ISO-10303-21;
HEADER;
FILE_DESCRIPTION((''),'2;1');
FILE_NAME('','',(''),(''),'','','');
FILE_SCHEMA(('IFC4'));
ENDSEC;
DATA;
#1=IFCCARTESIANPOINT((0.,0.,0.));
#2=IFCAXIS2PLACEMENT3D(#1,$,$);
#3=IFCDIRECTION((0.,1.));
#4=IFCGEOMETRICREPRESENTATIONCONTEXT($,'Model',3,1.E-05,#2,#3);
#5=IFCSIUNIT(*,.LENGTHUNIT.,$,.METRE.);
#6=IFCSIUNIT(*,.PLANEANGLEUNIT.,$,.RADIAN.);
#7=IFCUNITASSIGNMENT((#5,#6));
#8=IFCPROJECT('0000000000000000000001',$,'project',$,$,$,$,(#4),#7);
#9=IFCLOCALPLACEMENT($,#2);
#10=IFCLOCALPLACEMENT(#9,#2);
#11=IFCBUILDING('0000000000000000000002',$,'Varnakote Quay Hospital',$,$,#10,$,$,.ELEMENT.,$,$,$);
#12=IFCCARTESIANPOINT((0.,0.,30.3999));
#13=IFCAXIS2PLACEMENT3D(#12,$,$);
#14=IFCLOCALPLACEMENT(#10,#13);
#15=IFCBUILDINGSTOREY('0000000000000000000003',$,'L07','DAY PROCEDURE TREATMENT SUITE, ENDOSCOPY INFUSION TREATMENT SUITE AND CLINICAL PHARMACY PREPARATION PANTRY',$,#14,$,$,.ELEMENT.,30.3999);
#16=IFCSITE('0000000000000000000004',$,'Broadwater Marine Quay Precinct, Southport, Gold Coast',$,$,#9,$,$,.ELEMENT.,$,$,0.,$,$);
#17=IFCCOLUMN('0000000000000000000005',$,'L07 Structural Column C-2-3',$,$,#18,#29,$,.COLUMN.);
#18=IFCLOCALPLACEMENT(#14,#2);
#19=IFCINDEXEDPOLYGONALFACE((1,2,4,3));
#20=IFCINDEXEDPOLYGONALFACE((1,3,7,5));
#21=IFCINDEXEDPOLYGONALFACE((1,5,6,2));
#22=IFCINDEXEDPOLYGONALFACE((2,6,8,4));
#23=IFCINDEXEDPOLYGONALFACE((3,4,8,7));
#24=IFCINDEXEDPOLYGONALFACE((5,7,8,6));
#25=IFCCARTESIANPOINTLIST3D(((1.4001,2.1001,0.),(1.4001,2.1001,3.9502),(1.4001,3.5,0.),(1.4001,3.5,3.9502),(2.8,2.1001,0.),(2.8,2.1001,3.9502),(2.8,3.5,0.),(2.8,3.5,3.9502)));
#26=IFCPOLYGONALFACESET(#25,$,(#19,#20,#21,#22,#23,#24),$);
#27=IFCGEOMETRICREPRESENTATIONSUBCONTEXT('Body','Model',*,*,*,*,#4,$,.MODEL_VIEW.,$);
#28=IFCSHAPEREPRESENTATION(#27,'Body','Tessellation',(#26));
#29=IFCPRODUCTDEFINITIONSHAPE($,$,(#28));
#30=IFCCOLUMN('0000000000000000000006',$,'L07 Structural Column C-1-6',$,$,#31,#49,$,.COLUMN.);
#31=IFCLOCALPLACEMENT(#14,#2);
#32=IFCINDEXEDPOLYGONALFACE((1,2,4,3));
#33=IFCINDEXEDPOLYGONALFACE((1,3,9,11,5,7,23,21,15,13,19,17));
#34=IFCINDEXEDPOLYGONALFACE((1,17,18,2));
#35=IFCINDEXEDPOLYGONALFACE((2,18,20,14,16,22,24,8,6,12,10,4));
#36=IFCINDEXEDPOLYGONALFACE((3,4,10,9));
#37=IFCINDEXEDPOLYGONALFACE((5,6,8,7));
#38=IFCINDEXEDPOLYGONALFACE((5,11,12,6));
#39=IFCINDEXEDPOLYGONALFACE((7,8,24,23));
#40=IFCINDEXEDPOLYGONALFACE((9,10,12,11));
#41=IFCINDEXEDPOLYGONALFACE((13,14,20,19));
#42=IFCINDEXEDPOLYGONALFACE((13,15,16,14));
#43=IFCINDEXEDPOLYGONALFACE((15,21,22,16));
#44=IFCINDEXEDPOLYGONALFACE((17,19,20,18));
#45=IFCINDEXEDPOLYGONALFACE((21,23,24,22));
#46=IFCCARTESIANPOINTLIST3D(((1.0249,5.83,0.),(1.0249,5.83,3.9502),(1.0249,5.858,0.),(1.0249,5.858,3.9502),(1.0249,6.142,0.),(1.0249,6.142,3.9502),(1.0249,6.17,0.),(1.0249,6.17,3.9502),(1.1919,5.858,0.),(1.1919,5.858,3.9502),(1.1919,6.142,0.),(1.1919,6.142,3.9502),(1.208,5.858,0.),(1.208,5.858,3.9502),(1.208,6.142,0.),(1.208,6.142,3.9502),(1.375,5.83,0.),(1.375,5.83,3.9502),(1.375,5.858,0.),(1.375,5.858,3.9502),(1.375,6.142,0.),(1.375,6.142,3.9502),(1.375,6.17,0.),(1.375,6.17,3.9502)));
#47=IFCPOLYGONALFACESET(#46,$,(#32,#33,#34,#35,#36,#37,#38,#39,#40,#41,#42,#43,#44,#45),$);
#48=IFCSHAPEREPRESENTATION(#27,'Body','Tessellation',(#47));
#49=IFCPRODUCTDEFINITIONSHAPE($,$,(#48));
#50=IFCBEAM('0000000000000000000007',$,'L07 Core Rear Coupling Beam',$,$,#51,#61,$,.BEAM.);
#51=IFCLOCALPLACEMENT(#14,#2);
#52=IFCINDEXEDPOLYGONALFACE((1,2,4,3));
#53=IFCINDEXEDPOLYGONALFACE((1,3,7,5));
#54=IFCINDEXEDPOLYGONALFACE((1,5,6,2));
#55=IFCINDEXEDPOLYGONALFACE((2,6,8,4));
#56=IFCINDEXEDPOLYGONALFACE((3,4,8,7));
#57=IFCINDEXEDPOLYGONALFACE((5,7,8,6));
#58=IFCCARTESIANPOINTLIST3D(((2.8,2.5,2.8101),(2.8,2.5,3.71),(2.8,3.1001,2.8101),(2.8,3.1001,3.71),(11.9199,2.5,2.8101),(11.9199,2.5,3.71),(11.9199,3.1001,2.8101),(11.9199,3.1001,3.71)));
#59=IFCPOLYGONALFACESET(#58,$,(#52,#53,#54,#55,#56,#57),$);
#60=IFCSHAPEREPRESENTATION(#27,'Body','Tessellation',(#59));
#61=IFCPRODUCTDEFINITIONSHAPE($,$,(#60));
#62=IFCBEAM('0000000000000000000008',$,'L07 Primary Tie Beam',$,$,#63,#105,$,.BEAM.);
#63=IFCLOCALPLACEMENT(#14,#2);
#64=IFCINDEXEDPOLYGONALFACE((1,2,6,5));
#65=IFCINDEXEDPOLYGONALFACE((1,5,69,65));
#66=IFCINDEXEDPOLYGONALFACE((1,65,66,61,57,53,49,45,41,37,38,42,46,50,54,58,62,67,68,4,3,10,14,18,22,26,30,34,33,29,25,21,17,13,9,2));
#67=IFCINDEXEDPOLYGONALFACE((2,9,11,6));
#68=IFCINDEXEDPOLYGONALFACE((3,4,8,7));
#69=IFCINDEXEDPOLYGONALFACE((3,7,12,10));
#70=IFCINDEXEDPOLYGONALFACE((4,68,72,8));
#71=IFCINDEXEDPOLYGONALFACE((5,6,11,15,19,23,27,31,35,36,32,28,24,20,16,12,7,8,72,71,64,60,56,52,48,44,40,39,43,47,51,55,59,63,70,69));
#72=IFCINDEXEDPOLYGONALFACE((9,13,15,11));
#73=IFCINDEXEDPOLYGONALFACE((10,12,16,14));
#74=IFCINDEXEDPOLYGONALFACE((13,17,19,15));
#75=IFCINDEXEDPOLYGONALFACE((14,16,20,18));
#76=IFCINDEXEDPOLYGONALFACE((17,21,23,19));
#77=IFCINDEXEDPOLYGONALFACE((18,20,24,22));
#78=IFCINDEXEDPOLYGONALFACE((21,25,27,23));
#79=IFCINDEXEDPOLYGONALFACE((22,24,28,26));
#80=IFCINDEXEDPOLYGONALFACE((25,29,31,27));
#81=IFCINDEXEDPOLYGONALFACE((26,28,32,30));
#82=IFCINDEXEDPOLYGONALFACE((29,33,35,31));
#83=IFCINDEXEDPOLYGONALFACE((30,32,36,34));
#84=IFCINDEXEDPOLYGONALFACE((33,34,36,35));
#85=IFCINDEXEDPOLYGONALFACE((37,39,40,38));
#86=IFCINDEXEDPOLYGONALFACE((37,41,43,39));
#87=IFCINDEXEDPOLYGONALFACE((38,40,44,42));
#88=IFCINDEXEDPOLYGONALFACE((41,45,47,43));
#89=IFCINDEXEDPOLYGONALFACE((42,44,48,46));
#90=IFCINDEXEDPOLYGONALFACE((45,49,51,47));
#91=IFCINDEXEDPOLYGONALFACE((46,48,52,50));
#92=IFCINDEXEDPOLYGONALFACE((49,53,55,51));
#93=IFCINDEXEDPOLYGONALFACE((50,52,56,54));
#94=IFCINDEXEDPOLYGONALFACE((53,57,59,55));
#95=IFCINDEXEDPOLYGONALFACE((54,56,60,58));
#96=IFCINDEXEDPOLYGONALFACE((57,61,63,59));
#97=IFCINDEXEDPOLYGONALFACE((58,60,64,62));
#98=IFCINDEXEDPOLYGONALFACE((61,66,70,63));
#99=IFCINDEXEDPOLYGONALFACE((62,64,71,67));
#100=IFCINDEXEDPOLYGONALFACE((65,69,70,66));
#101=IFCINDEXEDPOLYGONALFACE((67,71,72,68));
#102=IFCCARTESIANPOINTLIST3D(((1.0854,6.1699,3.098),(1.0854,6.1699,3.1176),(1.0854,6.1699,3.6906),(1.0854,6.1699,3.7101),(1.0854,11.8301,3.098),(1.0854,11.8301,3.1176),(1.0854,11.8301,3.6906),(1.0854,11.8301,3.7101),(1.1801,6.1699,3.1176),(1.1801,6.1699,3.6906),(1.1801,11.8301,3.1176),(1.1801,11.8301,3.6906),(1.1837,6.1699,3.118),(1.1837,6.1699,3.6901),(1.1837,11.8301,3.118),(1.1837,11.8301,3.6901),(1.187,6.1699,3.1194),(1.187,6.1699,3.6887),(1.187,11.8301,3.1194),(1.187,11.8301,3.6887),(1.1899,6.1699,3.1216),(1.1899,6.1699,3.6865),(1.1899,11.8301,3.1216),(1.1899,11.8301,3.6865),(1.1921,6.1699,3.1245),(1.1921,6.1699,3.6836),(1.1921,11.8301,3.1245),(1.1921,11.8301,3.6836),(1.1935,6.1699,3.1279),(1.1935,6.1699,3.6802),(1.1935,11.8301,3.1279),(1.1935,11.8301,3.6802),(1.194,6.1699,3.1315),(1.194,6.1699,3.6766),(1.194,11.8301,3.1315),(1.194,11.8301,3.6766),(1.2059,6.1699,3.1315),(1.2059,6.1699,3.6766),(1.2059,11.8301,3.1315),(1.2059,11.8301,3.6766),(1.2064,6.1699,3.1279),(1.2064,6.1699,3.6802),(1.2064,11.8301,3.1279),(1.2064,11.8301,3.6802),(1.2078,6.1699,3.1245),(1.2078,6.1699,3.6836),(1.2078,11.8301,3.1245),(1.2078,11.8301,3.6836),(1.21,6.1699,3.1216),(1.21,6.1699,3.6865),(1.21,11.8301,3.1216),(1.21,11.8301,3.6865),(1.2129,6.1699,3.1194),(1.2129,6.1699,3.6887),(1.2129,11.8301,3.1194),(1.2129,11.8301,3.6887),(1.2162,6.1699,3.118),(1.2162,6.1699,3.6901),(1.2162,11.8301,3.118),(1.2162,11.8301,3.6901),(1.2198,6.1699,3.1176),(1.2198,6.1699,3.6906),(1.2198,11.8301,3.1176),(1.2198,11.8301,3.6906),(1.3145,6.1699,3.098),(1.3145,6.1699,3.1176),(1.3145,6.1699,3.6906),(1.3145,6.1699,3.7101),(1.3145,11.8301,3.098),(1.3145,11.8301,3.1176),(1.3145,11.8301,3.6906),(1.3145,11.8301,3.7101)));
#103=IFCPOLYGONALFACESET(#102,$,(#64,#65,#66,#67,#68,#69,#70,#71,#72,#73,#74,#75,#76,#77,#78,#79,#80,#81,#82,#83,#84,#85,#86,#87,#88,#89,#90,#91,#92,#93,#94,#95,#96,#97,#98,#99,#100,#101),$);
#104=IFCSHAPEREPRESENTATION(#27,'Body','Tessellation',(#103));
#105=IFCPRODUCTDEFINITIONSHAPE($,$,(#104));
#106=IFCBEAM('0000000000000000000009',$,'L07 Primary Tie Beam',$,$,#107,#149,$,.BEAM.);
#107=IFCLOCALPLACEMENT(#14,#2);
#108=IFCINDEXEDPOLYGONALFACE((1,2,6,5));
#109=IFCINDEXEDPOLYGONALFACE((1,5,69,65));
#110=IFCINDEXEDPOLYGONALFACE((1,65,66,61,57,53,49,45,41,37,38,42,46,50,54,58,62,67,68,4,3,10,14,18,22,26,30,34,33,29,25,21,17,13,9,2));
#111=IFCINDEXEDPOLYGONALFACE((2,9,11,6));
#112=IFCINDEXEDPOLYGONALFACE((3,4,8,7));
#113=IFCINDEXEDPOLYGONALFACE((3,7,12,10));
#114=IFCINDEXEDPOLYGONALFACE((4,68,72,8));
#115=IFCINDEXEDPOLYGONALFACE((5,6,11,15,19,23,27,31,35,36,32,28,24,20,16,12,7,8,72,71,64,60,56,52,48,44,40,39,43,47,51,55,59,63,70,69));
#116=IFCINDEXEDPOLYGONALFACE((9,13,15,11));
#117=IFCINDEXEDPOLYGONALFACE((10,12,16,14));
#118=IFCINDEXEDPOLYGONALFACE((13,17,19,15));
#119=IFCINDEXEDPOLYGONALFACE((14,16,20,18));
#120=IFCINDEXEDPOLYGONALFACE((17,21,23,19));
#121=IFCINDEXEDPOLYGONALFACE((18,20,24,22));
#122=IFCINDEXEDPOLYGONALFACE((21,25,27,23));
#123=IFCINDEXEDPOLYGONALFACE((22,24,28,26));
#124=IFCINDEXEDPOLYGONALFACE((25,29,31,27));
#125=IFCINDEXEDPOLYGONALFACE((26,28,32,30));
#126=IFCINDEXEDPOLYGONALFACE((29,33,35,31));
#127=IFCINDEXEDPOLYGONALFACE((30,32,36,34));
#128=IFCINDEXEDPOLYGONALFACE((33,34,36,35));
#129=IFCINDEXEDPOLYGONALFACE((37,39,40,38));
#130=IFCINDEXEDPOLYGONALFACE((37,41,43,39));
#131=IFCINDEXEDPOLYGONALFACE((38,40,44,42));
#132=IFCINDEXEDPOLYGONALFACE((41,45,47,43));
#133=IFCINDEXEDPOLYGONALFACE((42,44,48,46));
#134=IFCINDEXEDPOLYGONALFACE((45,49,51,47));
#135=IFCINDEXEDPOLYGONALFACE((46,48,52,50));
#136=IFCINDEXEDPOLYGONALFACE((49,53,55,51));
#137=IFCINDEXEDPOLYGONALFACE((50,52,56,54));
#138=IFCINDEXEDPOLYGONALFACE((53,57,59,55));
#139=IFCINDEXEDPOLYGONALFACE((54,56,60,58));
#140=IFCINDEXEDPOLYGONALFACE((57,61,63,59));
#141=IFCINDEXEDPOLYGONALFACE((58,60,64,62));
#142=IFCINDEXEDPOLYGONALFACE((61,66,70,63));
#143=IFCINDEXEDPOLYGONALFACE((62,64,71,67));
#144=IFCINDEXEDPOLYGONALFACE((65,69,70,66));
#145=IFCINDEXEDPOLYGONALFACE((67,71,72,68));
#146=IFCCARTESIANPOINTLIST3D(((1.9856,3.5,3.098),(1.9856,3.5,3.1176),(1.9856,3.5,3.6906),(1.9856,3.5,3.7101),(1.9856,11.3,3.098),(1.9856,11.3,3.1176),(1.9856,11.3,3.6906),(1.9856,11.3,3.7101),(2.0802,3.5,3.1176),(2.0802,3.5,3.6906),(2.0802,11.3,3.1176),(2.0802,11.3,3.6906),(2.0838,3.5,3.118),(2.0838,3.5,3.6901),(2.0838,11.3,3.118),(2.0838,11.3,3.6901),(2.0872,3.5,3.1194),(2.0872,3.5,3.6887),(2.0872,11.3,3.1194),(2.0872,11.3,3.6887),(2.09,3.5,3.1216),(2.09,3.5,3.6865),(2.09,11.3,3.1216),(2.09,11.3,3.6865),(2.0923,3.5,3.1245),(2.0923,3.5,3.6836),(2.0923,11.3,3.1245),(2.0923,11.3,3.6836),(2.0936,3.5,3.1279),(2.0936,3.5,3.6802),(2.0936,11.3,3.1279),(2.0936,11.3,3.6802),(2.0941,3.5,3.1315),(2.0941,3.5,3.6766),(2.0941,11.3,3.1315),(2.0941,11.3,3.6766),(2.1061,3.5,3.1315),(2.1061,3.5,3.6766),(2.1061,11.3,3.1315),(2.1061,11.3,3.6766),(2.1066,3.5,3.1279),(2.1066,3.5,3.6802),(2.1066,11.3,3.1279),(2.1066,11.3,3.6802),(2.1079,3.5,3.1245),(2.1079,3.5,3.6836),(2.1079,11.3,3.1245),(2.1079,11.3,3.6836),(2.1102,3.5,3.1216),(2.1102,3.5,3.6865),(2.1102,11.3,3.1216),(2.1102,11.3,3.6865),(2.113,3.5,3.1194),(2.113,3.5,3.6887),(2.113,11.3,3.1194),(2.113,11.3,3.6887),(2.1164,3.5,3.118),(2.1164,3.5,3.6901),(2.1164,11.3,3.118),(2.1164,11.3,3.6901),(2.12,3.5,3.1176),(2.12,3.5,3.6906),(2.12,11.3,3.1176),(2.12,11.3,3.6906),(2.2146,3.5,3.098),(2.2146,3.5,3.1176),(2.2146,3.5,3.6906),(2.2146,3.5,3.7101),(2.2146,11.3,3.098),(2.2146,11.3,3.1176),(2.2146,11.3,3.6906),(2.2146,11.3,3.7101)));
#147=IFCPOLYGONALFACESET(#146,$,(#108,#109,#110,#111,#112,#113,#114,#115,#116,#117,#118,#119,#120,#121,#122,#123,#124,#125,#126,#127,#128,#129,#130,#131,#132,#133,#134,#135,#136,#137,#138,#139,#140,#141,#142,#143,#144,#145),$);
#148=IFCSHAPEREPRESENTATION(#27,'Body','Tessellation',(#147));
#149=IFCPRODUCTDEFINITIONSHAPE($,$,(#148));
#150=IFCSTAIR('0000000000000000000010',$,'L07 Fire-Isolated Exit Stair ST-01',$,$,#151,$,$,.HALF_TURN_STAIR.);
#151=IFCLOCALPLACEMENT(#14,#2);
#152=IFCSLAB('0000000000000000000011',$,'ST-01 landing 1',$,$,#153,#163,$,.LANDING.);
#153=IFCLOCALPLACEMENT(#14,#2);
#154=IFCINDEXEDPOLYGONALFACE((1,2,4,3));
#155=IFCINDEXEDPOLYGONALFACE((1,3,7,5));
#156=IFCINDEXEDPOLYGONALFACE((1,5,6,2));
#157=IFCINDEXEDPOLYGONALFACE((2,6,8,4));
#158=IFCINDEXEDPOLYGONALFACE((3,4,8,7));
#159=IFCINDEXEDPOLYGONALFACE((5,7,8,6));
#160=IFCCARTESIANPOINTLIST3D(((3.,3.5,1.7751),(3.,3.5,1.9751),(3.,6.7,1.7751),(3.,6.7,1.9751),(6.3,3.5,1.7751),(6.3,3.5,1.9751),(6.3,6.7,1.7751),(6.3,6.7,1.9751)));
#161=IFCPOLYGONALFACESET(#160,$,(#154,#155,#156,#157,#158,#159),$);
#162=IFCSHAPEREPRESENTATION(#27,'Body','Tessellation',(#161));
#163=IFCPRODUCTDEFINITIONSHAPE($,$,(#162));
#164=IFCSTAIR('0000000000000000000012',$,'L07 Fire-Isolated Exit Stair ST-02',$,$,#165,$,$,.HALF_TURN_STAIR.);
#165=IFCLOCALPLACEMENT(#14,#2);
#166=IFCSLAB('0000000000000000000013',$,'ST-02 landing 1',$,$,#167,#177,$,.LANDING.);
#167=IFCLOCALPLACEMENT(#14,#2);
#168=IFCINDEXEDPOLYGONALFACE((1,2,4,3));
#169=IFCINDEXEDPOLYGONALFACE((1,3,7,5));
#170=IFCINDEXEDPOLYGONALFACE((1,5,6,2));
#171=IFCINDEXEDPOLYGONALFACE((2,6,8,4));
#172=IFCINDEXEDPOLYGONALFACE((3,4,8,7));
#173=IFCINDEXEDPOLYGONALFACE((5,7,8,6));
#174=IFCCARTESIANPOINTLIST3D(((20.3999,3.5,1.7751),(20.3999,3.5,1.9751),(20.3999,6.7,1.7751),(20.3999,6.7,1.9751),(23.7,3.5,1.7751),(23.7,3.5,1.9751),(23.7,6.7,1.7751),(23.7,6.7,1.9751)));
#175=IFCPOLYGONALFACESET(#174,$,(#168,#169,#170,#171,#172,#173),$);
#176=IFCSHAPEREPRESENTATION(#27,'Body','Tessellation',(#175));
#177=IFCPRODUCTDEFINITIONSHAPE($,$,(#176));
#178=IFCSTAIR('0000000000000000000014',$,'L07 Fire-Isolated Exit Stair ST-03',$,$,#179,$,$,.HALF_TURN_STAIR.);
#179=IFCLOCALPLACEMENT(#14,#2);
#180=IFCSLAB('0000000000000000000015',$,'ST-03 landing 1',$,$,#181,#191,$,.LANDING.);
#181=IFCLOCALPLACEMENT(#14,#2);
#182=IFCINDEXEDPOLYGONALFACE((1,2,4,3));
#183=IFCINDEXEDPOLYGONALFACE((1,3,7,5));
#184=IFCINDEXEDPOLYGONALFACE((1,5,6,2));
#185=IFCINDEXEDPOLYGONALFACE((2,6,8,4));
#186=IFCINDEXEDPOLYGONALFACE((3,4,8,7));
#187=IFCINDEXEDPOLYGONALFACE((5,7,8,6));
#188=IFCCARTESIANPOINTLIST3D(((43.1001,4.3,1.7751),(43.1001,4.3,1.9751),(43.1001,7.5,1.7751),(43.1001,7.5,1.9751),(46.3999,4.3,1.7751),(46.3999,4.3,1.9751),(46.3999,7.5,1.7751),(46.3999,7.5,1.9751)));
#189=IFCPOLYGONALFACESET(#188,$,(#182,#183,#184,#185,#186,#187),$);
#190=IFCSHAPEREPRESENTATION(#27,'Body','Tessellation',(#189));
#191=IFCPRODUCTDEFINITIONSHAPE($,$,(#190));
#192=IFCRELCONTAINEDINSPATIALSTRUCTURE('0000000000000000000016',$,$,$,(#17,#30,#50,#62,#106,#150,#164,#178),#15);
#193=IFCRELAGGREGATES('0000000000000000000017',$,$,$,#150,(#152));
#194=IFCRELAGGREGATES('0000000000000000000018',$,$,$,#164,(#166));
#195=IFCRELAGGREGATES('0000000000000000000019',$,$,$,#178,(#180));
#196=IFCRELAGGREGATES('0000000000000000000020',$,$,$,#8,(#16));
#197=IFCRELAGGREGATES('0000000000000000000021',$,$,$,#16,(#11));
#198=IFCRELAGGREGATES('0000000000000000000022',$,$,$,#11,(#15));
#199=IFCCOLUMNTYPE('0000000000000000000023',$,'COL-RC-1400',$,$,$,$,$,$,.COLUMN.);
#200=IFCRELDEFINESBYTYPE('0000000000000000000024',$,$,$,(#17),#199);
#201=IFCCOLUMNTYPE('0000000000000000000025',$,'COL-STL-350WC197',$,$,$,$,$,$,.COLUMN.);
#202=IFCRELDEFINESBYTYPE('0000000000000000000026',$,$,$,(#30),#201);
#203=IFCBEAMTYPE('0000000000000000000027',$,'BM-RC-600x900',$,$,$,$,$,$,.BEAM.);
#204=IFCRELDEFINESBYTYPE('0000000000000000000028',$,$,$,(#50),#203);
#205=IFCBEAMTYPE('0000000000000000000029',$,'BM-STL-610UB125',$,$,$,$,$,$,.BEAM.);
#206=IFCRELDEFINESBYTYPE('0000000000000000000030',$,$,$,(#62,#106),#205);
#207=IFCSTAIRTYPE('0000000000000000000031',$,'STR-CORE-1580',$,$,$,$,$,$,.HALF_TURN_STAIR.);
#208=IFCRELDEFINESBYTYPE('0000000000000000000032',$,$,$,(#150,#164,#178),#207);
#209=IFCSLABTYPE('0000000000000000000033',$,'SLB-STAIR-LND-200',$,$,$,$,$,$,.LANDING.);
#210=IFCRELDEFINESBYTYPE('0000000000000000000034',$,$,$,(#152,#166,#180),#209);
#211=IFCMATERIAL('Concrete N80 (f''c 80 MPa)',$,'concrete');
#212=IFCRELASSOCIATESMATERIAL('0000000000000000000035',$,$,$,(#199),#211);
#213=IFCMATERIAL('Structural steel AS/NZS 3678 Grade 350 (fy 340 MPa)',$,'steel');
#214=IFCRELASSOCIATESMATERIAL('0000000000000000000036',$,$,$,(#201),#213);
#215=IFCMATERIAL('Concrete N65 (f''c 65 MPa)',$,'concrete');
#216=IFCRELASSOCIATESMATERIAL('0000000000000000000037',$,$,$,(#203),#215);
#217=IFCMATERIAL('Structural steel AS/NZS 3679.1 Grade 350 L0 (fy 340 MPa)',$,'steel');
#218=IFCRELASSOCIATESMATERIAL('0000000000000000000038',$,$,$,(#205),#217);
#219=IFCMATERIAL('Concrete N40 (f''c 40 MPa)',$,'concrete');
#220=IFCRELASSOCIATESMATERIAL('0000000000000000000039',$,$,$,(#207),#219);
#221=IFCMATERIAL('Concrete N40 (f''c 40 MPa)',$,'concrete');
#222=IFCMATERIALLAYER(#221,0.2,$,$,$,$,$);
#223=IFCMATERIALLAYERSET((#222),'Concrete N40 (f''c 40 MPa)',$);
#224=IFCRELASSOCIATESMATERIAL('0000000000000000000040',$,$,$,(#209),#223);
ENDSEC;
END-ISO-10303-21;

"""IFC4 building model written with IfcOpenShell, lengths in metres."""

from ifc_helpers import new_model, si_unit, direction, frame, origin, origin_2d, place, context, subcontext, project, spatial, polyline, rectangle, i_section, outline, extrude, material, layer, layer_set, material_profile, profile_set, type_object, element, aggregate, save


model = new_model("IFC4")

# Units and contexts
model_context = context("Model", 3, precision=1e-05, world=origin(), true_north=direction((0.0, 1.0)))
body_context = subcontext(model_context, "Body", "Model", "MODEL_VIEW")
ifc_project = project(units=[si_unit("LENGTHUNIT", "METRE"), si_unit("PLANEANGLEUNIT", "RADIAN")], contexts=[model_context])

# Site, building, storey
site_placement = place(None, origin())
site = spatial("IfcSite", under=ifc_project, at=site_placement, Name="Broadwater Marine Quay Precinct, Southport, Gold Coast", CompositionType="ELEMENT", RefElevation=0.0)
building_placement = place(site_placement, origin())
building = spatial("IfcBuilding", under=site, at=building_placement, Name="Varnakote Quay Hospital", CompositionType="ELEMENT")
storey_placement = place(building_placement, frame((0.0, 0.0, 30.3999)))
storey = spatial("IfcBuildingStorey", under=building, at=storey_placement, Name="L07", Description="DAY PROCEDURE TREATMENT SUITE, ENDOSCOPY INFUSION TREATMENT SUITE AND CLINICAL PHARMACY PREPARATION PANTRY", CompositionType="ELEMENT", Elevation=30.3999)

# Columns
ifc_material_1 = material(Name="Concrete N80 (f'c 80 MPa)", Category="concrete")
ifc_material_profile_1 = material_profile(ifc_material_1, rectangle(XDim=1.3999, YDim=1.3999, at=origin_2d()), Name="RC-COL-1400x1400")
ifc_profile_set_1 = profile_set([ifc_material_profile_1], Name="Concrete N80 (f'c 80 MPa)")
column_type_1 = type_object("IfcColumnType", Name="COL-RC-1400", PredefinedType="COLUMN", material=ifc_profile_set_1)
column_1_placement = place(storey_placement, frame((2.1001, 2.8, 0.0), z_axis=(0.0, 0.0, 1.0), x_axis=(1.0, 0.0, 0.0)))
element("IfcColumn", 1, at=column_1_placement, inside=storey, type_object=column_type_1, Name="L07 Structural Column C-2-3", PredefinedType="COLUMN", context=body_context, shape_type="SweptSolid", body=[
    extrude(rectangle(XDim=1.3999, YDim=1.3999, at=origin_2d()), origin(), (0.0, 0.0, 1.0), 3.9502),
])
ifc_material_2 = material(Name="Structural steel AS/NZS 3678 Grade 350 (fy 340 MPa)", Category="steel")
ifc_material_profile_2 = material_profile(ifc_material_2, i_section(OverallWidth=0.3501, OverallDepth=0.3401, WebThickness=0.0161, FlangeThickness=0.0281, at=origin_2d()), Name="350WC197")
ifc_profile_set_2 = profile_set([ifc_material_profile_2], Name="Structural steel AS/NZS 3678 Grade 350 (fy 340 MPa)")
column_type_2 = type_object("IfcColumnType", Name="COL-STL-350WC197", PredefinedType="COLUMN", material=ifc_profile_set_2)
column_2_placement = place(storey_placement, frame((1.2, 6.0, 0.0), z_axis=(0.0, 0.0, 1.0), x_axis=(1.0, 0.0, 0.0)))
element("IfcColumn", 2, at=column_2_placement, inside=storey, type_object=column_type_2, Name="L07 Structural Column C-1-6", PredefinedType="COLUMN", context=body_context, shape_type="SweptSolid", body=[
    extrude(i_section(OverallWidth=0.3501, OverallDepth=0.3401, WebThickness=0.0161, FlangeThickness=0.0281, at=origin_2d()), origin(), (0.0, 0.0, 1.0), 3.9502),
])

# Beams
ifc_material_3 = material(Name="Concrete N65 (f'c 65 MPa)", Category="concrete")
ifc_material_profile_3 = material_profile(ifc_material_3, rectangle(XDim=0.6001, YDim=0.8999, at=origin_2d()), Name="RC-BM-600x900")
ifc_profile_set_3 = profile_set([ifc_material_profile_3], Name="Concrete N65 (f'c 65 MPa)")
beam_type_1 = type_object("IfcBeamType", Name="BM-RC-600x900", PredefinedType="BEAM", material=ifc_profile_set_3)
beam_1_placement = place(storey_placement, frame((2.8, 2.8, 3.26), z_axis=(1.0, 0.0, 0.0), x_axis=(0.0, 1.0, 0.0)))
element("IfcBeam", 3, at=beam_1_placement, inside=storey, type_object=beam_type_1, Name="L07 Core Rear Coupling Beam", PredefinedType="BEAM", context=body_context, shape_type="SweptSolid", body=[
    extrude(rectangle(XDim=0.6001, YDim=0.8999, at=origin_2d()), origin(), (0.0, 0.0, 1.0), 9.1199),
])
ifc_material_4 = material(Name="Structural steel AS/NZS 3679.1 Grade 350 L0 (fy 340 MPa)", Category="steel")
ifc_material_profile_4 = material_profile(ifc_material_4, i_section(OverallWidth=0.229, OverallDepth=0.6121, WebThickness=0.012, FlangeThickness=0.0195, FilletRadius=0.0139, at=origin_2d()), Name="610UB125")
ifc_profile_set_4 = profile_set([ifc_material_profile_4], Name="Structural steel AS/NZS 3679.1 Grade 350 L0 (fy 340 MPa)")
beam_type_2 = type_object("IfcBeamType", Name="BM-STL-610UB125", PredefinedType="BEAM", material=ifc_profile_set_4)
beam_2_placement = place(storey_placement, frame((1.2, 6.1699, 3.4041), z_axis=(0.0, 1.0, 0.0), x_axis=(-1.0, 0.0, 0.0)))
element("IfcBeam", 4, at=beam_2_placement, inside=storey, type_object=beam_type_2, Name="L07 Primary Tie Beam", PredefinedType="BEAM", context=body_context, shape_type="SweptSolid", body=[
    extrude(i_section(OverallWidth=0.229, OverallDepth=0.6121, WebThickness=0.012, FlangeThickness=0.0195, FilletRadius=0.0139, at=origin_2d()), origin(), (0.0, 0.0, 1.0), 5.6602),
])
beam_3_placement = place(storey_placement, frame((2.1001, 3.5, 3.4041), z_axis=(0.0, 1.0, 0.0), x_axis=(-1.0, 0.0, 0.0)))
element("IfcBeam", 5, at=beam_3_placement, inside=storey, type_object=beam_type_2, Name="L07 Primary Tie Beam", PredefinedType="BEAM", context=body_context, shape_type="SweptSolid", body=[
    extrude(i_section(OverallWidth=0.229, OverallDepth=0.6121, WebThickness=0.012, FlangeThickness=0.0195, FilletRadius=0.0139, at=origin_2d()), origin(), (0.0, 0.0, 1.0), 7.8),
])

# Stairs, slabs
ifc_material_5 = material(Name="Concrete N40 (f'c 40 MPa)", Category="concrete")
stair_type = type_object("IfcStairType", Name="STR-CORE-1580", PredefinedType="HALF_TURN_STAIR", material=ifc_material_5)
stair_1_placement = place(storey_placement, origin())
stair_1 = element("IfcStair", 6, at=stair_1_placement, inside=storey, type_object=stair_type, Name="L07 Fire-Isolated Exit Stair ST-01", PredefinedType="HALF_TURN_STAIR")
ifc_material_6 = material(Name="Concrete N40 (f'c 40 MPa)", Category="concrete")
ifc_layer_1 = layer(ifc_material_6, 0.2)
ifc_layer_set_1 = layer_set([ifc_layer_1], Name="Concrete N40 (f'c 40 MPa)")
slab_type_1 = type_object("IfcSlabType", Name="SLB-STAIR-LND-200", PredefinedType="LANDING", material=ifc_layer_set_1)
slab_1_placement = place(storey_placement, frame((0.0, 0.0, 1.7751)))
slab_1 = element("IfcSlab", 7, at=slab_1_placement, type_object=slab_type_1, Name="ST-01 landing 1", PredefinedType="LANDING", context=body_context, shape_type="SweptSolid", body=[
    extrude(outline(polyline([(3.0, 6.7), (3.0, 3.5), (6.3, 3.5), (6.3, 6.7), (3.0, 6.7)])), origin(), (0.0, 0.0, 1.0), 0.2),
])
aggregate(stair_1, [slab_1])
stair_2_placement = place(storey_placement, origin())
stair_2 = element("IfcStair", 8, at=stair_2_placement, inside=storey, type_object=stair_type, Name="L07 Fire-Isolated Exit Stair ST-02", PredefinedType="HALF_TURN_STAIR")
slab_2_placement = place(storey_placement, frame((0.0, 0.0, 1.7751)))
slab_2 = element("IfcSlab", 9, at=slab_2_placement, type_object=slab_type_1, Name="ST-02 landing 1", PredefinedType="LANDING", context=body_context, shape_type="SweptSolid", body=[
    extrude(outline(polyline([(20.3999, 6.7), (20.3999, 3.5), (23.7, 3.5), (23.7, 6.7), (20.3999, 6.7)])), origin(), (0.0, 0.0, 1.0), 0.2),
])
aggregate(stair_2, [slab_2])
stair_3_placement = place(storey_placement, origin())
stair_3 = element("IfcStair", 10, at=stair_3_placement, inside=storey, type_object=stair_type, Name="L07 Fire-Isolated Exit Stair ST-03", PredefinedType="HALF_TURN_STAIR")
slab_3_placement = place(storey_placement, frame((0.0, 0.0, 1.7751)))
slab_3 = element("IfcSlab", 11, at=slab_3_placement, type_object=slab_type_1, Name="ST-03 landing 1", PredefinedType="LANDING", context=body_context, shape_type="SweptSolid", body=[
    extrude(outline(polyline([(43.1001, 7.5), (43.1001, 4.3), (46.3999, 4.3), (46.3999, 7.5), (43.1001, 7.5)])), origin(), (0.0, 0.0, 1.0), 0.2),
])
aggregate(stair_3, [slab_3])

save(model, "model.ifc")
